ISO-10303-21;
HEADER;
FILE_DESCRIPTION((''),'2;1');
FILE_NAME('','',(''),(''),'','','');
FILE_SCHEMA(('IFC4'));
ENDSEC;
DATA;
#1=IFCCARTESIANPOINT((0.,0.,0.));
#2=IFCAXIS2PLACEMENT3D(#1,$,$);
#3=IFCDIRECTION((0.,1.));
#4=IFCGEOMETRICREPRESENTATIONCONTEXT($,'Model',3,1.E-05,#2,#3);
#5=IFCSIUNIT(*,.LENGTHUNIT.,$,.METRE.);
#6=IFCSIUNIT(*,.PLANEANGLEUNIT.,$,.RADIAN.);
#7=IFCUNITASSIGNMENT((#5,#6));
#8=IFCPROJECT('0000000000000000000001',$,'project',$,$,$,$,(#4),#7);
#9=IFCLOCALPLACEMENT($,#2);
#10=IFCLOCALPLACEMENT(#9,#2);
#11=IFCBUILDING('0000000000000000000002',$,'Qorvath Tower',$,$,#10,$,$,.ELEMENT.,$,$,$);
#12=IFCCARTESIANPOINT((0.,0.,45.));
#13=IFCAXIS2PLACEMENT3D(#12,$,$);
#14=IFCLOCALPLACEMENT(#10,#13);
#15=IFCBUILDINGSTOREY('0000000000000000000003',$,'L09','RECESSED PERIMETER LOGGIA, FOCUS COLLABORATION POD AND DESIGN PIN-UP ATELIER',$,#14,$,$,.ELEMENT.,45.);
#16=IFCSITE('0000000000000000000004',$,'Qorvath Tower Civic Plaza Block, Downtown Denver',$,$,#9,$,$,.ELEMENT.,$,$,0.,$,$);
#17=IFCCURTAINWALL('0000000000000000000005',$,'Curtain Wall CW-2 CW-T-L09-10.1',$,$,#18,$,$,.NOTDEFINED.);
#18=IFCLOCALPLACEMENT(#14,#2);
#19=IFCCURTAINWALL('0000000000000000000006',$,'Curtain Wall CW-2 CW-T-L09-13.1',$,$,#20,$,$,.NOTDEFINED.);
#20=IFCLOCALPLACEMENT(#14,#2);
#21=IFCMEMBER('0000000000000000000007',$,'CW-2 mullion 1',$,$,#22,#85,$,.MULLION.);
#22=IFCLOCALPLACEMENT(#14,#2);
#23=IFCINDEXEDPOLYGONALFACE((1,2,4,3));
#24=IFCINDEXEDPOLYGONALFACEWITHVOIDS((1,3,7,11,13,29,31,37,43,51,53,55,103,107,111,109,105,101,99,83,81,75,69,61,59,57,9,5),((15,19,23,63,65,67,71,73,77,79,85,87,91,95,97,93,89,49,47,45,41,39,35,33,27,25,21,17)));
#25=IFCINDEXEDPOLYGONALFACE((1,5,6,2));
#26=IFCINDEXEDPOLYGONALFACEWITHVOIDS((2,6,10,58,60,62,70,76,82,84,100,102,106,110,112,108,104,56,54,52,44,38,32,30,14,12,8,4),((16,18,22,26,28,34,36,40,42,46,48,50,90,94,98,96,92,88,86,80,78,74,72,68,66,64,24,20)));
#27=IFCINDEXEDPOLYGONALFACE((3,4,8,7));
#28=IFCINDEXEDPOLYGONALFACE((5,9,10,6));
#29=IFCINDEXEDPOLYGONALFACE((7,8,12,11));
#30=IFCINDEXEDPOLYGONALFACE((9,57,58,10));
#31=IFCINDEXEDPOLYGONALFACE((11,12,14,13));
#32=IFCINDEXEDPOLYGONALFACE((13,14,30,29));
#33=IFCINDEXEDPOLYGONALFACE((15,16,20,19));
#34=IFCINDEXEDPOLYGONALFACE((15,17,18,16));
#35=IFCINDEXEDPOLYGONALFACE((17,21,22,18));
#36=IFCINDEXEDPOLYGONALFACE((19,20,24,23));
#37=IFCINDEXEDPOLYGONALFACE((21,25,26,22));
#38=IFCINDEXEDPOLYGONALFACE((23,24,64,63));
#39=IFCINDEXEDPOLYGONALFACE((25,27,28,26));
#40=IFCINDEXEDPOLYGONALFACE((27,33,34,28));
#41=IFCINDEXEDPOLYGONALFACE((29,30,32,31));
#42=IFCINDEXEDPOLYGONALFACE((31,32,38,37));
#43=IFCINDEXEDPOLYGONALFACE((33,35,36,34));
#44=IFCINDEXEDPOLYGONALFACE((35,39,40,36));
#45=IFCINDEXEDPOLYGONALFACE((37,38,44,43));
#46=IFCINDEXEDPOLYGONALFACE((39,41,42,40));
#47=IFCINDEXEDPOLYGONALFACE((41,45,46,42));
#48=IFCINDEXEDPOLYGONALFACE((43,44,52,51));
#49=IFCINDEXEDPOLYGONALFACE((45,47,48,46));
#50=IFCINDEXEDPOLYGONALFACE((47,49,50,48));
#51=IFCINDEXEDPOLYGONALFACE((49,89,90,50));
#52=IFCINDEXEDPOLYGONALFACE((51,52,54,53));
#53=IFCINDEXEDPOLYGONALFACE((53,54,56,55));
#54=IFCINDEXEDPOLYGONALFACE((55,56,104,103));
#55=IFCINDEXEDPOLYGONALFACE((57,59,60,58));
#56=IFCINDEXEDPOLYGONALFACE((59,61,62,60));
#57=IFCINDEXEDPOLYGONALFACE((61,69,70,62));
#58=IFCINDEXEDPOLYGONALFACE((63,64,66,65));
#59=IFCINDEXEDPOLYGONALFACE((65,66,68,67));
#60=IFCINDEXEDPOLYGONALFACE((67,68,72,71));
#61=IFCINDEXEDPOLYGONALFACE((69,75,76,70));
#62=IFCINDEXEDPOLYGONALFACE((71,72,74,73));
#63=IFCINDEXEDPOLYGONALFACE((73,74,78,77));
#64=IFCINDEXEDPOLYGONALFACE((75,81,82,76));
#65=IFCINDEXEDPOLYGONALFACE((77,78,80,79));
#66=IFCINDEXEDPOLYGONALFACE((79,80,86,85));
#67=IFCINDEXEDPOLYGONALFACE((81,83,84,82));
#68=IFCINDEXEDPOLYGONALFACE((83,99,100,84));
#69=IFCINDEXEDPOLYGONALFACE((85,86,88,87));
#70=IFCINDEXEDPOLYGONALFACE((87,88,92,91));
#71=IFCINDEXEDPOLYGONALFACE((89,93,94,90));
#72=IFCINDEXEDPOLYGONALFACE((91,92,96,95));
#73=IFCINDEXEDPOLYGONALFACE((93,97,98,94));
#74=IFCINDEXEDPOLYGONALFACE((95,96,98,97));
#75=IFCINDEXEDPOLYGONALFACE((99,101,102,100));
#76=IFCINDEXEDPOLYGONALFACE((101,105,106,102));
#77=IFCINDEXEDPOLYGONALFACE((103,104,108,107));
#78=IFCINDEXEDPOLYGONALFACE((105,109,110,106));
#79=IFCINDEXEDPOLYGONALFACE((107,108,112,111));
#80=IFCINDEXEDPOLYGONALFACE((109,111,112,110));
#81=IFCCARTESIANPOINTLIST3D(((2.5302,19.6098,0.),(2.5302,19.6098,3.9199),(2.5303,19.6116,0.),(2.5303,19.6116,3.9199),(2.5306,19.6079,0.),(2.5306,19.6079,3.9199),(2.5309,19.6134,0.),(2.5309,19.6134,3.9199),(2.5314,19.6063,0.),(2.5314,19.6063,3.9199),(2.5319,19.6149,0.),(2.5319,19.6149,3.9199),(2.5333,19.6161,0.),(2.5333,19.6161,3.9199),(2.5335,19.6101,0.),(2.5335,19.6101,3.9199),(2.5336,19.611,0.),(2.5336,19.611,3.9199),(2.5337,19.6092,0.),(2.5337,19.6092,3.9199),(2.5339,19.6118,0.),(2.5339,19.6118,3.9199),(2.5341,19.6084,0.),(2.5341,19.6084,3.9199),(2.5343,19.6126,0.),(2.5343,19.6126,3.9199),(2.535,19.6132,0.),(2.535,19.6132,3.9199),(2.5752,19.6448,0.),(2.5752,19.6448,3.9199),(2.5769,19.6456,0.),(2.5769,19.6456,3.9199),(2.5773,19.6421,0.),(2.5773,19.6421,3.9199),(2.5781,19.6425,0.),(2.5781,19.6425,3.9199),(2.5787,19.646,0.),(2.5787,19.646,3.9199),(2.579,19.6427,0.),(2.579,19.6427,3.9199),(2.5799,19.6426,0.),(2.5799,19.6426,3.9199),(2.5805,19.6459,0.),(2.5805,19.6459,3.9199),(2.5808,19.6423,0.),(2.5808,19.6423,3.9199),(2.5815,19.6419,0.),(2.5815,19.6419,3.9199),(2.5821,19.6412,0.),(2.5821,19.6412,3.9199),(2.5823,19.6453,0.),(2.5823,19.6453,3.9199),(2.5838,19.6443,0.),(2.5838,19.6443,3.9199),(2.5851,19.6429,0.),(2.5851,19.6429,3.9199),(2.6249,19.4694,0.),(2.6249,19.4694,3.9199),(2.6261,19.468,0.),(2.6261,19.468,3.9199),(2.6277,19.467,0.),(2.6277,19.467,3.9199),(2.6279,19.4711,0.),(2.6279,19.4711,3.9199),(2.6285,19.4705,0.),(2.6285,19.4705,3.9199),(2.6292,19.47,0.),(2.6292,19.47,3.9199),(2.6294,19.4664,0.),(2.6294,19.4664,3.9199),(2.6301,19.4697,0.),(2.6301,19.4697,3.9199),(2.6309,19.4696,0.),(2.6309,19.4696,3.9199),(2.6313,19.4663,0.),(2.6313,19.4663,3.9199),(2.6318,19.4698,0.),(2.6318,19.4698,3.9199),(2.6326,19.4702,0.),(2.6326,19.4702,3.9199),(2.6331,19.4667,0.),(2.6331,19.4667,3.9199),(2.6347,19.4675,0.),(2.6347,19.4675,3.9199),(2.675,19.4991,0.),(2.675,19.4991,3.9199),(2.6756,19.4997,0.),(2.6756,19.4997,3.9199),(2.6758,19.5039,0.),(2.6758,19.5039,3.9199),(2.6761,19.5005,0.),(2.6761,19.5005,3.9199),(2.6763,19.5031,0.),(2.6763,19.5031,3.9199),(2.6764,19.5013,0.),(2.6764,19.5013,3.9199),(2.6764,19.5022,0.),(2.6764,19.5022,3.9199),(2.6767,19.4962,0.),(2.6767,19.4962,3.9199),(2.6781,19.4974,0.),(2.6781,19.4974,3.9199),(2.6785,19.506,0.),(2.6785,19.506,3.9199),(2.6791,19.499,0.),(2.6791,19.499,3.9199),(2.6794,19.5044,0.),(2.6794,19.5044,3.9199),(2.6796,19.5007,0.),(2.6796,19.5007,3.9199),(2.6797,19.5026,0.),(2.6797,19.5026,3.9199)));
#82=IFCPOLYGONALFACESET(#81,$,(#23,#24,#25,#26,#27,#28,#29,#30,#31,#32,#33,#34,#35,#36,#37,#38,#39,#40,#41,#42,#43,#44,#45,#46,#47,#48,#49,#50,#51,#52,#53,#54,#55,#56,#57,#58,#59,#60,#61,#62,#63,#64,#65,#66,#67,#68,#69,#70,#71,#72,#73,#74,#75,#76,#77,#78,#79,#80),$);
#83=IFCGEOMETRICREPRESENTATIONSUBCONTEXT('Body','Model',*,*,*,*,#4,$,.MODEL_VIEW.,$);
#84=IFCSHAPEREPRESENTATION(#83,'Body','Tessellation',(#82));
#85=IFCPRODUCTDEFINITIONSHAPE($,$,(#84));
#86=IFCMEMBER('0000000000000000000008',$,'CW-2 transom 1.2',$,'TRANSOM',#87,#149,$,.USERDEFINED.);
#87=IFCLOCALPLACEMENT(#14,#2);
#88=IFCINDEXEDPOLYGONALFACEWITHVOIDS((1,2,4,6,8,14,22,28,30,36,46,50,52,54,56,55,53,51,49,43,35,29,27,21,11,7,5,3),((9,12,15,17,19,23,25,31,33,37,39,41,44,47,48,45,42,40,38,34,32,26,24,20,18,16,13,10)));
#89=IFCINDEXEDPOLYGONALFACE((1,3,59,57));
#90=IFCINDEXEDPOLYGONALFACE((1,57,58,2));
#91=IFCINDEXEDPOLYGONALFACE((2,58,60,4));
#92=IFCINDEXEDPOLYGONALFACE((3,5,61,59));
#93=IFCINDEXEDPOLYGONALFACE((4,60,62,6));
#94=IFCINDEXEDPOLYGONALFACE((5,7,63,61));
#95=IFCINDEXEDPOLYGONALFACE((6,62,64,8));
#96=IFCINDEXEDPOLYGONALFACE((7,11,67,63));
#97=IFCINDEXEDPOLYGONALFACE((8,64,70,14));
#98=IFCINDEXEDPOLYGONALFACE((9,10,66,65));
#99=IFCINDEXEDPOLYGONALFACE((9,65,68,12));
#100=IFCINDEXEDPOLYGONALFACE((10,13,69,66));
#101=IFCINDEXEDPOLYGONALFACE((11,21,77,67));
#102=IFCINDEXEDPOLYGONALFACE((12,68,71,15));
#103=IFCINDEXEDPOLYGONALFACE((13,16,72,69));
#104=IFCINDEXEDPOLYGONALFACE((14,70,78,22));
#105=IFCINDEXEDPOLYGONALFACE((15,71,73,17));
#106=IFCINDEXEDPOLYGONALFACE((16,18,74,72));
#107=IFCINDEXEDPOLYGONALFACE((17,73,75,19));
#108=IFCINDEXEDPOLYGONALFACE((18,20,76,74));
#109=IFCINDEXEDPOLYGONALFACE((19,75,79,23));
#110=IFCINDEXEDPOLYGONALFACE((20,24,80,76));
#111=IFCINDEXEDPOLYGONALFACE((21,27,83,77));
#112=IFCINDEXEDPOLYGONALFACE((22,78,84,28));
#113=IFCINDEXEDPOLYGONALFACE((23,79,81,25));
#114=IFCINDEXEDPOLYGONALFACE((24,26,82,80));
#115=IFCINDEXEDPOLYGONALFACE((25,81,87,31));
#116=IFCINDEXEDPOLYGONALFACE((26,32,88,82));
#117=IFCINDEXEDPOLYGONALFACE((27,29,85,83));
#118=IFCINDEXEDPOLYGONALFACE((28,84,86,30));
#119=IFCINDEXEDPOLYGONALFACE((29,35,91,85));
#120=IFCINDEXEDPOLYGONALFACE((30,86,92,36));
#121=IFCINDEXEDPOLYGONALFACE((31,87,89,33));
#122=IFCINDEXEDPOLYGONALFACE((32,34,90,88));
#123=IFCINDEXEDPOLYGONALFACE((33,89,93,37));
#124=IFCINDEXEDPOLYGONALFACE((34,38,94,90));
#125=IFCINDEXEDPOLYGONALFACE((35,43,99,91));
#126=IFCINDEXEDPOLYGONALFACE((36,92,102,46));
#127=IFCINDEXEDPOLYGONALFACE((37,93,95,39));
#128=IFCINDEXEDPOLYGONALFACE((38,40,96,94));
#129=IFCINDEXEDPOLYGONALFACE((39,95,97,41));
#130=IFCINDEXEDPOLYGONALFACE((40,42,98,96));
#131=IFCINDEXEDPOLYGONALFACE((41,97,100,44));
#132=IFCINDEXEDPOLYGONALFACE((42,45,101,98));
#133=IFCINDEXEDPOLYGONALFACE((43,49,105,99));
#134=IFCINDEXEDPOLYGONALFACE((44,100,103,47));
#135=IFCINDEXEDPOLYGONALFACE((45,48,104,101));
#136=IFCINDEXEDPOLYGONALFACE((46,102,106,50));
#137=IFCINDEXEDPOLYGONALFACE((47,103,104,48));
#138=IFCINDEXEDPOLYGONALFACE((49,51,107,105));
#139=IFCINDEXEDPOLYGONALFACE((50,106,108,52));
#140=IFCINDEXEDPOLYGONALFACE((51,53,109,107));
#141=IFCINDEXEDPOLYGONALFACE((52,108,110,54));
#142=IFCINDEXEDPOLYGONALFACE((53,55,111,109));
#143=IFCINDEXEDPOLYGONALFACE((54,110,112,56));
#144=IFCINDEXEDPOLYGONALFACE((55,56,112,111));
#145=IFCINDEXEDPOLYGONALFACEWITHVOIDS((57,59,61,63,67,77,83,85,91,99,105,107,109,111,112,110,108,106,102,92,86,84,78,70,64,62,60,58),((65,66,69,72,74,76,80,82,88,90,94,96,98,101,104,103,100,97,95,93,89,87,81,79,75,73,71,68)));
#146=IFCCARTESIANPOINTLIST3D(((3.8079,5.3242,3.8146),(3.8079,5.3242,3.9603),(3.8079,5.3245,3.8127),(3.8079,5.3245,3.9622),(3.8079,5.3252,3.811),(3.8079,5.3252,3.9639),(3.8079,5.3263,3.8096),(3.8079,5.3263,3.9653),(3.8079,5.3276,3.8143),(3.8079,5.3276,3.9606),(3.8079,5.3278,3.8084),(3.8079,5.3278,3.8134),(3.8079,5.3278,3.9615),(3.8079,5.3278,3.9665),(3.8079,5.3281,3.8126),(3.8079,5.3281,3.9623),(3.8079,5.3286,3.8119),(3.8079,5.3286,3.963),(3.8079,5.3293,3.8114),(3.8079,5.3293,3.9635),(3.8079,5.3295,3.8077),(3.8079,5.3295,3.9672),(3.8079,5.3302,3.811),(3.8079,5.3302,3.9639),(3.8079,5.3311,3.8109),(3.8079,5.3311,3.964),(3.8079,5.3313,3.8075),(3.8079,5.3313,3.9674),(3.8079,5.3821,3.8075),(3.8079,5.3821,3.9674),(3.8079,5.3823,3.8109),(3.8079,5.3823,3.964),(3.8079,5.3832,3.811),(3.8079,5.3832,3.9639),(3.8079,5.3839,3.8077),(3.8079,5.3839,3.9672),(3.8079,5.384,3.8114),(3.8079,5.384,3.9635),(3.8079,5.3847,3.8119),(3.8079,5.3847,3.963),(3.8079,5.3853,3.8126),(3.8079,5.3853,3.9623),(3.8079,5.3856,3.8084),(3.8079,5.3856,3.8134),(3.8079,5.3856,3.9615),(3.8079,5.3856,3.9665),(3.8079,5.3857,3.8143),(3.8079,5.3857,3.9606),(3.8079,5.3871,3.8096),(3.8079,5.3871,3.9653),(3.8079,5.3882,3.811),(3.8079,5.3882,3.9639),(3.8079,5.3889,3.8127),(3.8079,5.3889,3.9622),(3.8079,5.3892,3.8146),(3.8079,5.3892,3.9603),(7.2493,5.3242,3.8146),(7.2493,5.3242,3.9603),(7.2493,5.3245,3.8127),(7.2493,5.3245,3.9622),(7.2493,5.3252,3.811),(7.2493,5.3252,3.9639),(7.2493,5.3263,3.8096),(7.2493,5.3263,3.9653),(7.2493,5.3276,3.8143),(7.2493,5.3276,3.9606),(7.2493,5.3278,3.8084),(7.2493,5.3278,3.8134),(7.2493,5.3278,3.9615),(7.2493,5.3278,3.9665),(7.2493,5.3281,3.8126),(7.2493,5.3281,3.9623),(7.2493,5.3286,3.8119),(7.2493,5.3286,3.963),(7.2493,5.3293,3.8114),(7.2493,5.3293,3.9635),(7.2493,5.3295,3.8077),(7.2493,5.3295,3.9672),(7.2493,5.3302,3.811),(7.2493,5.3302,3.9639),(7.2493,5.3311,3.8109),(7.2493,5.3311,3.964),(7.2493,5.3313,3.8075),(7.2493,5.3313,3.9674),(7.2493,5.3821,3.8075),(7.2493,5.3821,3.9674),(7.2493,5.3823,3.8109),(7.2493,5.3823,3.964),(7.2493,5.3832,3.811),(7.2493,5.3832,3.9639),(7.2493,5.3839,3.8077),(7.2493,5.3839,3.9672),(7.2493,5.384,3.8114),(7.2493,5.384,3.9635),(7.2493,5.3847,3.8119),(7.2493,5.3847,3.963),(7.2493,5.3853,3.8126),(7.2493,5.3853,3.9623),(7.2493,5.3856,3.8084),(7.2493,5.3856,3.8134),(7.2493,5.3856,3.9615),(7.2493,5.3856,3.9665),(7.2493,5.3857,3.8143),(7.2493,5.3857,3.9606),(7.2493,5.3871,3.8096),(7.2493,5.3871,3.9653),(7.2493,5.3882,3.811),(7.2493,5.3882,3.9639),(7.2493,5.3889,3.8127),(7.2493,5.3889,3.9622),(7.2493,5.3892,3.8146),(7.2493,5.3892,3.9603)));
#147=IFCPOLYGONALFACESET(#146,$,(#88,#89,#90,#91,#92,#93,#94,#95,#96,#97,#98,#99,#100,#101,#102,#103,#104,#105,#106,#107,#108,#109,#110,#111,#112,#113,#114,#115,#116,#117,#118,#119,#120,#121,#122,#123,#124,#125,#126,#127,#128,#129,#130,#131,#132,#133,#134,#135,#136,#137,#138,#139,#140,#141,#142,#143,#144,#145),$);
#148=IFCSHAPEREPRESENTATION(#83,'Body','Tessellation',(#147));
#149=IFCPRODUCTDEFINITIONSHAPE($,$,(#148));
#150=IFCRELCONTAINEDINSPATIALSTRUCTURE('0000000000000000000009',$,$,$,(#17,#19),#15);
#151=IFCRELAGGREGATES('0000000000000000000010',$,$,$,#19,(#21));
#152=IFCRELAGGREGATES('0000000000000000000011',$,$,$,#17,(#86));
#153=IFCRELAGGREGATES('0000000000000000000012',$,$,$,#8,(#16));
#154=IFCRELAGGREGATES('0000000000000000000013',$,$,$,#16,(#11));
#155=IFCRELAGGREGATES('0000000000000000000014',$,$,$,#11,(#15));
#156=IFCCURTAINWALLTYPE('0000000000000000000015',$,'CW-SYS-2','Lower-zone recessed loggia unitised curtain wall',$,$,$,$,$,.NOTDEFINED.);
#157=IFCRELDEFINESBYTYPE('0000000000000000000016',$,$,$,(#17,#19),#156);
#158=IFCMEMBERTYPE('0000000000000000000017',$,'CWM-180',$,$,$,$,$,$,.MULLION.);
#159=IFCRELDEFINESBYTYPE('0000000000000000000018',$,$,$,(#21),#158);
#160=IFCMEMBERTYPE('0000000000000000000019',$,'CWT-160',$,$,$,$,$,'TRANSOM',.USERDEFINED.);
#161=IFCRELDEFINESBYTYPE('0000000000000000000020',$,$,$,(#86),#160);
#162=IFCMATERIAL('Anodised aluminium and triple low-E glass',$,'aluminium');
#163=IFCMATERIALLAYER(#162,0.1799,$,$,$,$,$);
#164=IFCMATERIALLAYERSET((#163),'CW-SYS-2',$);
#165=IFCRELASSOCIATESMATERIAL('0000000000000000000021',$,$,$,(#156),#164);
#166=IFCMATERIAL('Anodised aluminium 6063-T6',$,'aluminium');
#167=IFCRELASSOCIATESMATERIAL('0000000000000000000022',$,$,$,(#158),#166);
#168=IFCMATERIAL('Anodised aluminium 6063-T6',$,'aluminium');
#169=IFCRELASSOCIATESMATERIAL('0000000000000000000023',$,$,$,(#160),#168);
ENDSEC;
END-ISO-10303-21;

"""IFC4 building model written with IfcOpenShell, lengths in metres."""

from ifc_helpers import new_model, si_unit, direction, frame, origin, origin_2d, place, context, subcontext, project, spatial, hollow_rectangle, extrude, material, layer, layer_set, material_profile, profile_set, type_object, element, aggregate, save


model = new_model("IFC4")

# Units and contexts
model_context = context("Model", 3, precision=1e-05, world=origin(), true_north=direction((0.0, 1.0)))
body_context = subcontext(model_context, "Body", "Model", "MODEL_VIEW")
ifc_project = project(units=[si_unit("LENGTHUNIT", "METRE"), si_unit("PLANEANGLEUNIT", "RADIAN")], contexts=[model_context])

# Site, building, storey
site_placement = place(None, origin())
site = spatial("IfcSite", under=ifc_project, at=site_placement, Name="Qorvath Tower Civic Plaza Block, Downtown Denver", CompositionType="ELEMENT", RefElevation=0.0)
building_placement = place(site_placement, origin())
building = spatial("IfcBuilding", under=site, at=building_placement, Name="Qorvath Tower", CompositionType="ELEMENT")
storey_placement = place(building_placement, frame((0.0, 0.0, 45.0)))
storey = spatial("IfcBuildingStorey", under=building, at=storey_placement, Name="L09", Description="RECESSED PERIMETER LOGGIA, FOCUS COLLABORATION POD AND DESIGN PIN-UP ATELIER", CompositionType="ELEMENT", Elevation=45.0)

# Curtain wall
ifc_material_1 = material(Name="Anodised aluminium and triple low-E glass", Category="aluminium")
ifc_layer_1 = layer(ifc_material_1, 0.1799)
ifc_layer_set_1 = layer_set([ifc_layer_1], Name="CW-SYS-2")
curtain_wall_type = type_object("IfcCurtainWallType", Name="CW-SYS-2", Description="Lower-zone recessed loggia unitised curtain wall", PredefinedType="NOTDEFINED", material=ifc_layer_set_1)
curtain_wall_1_placement = place(storey_placement, origin())
curtain_wall_1 = element("IfcCurtainWall", 1, at=curtain_wall_1_placement, inside=storey, type_object=curtain_wall_type, Name="Curtain Wall CW-2 CW-T-L09-10.1", PredefinedType="NOTDEFINED")
ifc_material_2 = material(Name="Anodised aluminium 6063-T6", Category="aluminium")
ifc_material_profile_1 = material_profile(ifc_material_2, hollow_rectangle(XDim=0.0649, YDim=0.1799, WallThickness=0.0034, InnerFilletRadius=0.0034, OuterFilletRadius=0.0071, at=origin_2d()), Name="CWM 180x65")
ifc_profile_set_1 = profile_set([ifc_material_profile_1], Name="Anodised aluminium 6063-T6")
member_type_1 = type_object("IfcMemberType", Name="CWM-180", PredefinedType="MULLION", material=ifc_profile_set_1)

# Curtain wall, member
curtain_wall_2_placement = place(storey_placement, origin())
curtain_wall_2 = element("IfcCurtainWall", 2, at=curtain_wall_2_placement, inside=storey, type_object=curtain_wall_type, Name="Curtain Wall CW-2 CW-T-L09-13.1", PredefinedType="NOTDEFINED")
member_1_placement = place(storey_placement, frame((2.605, 19.5562, 0.0), z_axis=(0.0, 0.0, 1.0), x_axis=(-0.825849, -0.563891, 0.0)))
member_1 = element("IfcMember", 3, at=member_1_placement, type_object=member_type_1, Name="CW-2 mullion 1", PredefinedType="MULLION", context=body_context, shape_type="SweptSolid", body=[
    extrude(hollow_rectangle(XDim=0.0649, YDim=0.1799, WallThickness=0.0034, InnerFilletRadius=0.0034, OuterFilletRadius=0.0071, at=origin_2d()), origin(), (0.0, 0.0, 1.0), 3.9199),
])

# Member
ifc_material_3 = material(Name="Anodised aluminium 6063-T6", Category="aluminium")
ifc_material_profile_2 = material_profile(ifc_material_3, hollow_rectangle(XDim=0.0649, YDim=0.1599, WallThickness=0.0034, InnerFilletRadius=0.0034, OuterFilletRadius=0.0071, at=origin_2d()), Name="CWT 160x65")
ifc_profile_set_2 = profile_set([ifc_material_profile_2], Name="Anodised aluminium 6063-T6")
member_type_2 = type_object("IfcMemberType", Name="CWT-160", ElementType="TRANSOM", PredefinedType="USERDEFINED", material=ifc_profile_set_2)
member_2_placement = place(storey_placement, frame((3.8079, 5.3567, 3.8875), z_axis=(1.0, 0.0, 0.0), x_axis=(0.0, 1.0, 0.0)))
member_2 = element("IfcMember", 4, at=member_2_placement, type_object=member_type_2, Name="CW-2 transom 1.2", ObjectType="TRANSOM", PredefinedType="USERDEFINED", context=body_context, shape_type="SweptSolid", body=[
    extrude(hollow_rectangle(XDim=0.0649, YDim=0.1599, WallThickness=0.0034, InnerFilletRadius=0.0034, OuterFilletRadius=0.0071, at=origin_2d()), origin(), (0.0, 0.0, 1.0), 3.4414),
])
aggregate(curtain_wall_2, [member_1])

aggregate(curtain_wall_1, [member_2])

save(model, "model.ifc")
